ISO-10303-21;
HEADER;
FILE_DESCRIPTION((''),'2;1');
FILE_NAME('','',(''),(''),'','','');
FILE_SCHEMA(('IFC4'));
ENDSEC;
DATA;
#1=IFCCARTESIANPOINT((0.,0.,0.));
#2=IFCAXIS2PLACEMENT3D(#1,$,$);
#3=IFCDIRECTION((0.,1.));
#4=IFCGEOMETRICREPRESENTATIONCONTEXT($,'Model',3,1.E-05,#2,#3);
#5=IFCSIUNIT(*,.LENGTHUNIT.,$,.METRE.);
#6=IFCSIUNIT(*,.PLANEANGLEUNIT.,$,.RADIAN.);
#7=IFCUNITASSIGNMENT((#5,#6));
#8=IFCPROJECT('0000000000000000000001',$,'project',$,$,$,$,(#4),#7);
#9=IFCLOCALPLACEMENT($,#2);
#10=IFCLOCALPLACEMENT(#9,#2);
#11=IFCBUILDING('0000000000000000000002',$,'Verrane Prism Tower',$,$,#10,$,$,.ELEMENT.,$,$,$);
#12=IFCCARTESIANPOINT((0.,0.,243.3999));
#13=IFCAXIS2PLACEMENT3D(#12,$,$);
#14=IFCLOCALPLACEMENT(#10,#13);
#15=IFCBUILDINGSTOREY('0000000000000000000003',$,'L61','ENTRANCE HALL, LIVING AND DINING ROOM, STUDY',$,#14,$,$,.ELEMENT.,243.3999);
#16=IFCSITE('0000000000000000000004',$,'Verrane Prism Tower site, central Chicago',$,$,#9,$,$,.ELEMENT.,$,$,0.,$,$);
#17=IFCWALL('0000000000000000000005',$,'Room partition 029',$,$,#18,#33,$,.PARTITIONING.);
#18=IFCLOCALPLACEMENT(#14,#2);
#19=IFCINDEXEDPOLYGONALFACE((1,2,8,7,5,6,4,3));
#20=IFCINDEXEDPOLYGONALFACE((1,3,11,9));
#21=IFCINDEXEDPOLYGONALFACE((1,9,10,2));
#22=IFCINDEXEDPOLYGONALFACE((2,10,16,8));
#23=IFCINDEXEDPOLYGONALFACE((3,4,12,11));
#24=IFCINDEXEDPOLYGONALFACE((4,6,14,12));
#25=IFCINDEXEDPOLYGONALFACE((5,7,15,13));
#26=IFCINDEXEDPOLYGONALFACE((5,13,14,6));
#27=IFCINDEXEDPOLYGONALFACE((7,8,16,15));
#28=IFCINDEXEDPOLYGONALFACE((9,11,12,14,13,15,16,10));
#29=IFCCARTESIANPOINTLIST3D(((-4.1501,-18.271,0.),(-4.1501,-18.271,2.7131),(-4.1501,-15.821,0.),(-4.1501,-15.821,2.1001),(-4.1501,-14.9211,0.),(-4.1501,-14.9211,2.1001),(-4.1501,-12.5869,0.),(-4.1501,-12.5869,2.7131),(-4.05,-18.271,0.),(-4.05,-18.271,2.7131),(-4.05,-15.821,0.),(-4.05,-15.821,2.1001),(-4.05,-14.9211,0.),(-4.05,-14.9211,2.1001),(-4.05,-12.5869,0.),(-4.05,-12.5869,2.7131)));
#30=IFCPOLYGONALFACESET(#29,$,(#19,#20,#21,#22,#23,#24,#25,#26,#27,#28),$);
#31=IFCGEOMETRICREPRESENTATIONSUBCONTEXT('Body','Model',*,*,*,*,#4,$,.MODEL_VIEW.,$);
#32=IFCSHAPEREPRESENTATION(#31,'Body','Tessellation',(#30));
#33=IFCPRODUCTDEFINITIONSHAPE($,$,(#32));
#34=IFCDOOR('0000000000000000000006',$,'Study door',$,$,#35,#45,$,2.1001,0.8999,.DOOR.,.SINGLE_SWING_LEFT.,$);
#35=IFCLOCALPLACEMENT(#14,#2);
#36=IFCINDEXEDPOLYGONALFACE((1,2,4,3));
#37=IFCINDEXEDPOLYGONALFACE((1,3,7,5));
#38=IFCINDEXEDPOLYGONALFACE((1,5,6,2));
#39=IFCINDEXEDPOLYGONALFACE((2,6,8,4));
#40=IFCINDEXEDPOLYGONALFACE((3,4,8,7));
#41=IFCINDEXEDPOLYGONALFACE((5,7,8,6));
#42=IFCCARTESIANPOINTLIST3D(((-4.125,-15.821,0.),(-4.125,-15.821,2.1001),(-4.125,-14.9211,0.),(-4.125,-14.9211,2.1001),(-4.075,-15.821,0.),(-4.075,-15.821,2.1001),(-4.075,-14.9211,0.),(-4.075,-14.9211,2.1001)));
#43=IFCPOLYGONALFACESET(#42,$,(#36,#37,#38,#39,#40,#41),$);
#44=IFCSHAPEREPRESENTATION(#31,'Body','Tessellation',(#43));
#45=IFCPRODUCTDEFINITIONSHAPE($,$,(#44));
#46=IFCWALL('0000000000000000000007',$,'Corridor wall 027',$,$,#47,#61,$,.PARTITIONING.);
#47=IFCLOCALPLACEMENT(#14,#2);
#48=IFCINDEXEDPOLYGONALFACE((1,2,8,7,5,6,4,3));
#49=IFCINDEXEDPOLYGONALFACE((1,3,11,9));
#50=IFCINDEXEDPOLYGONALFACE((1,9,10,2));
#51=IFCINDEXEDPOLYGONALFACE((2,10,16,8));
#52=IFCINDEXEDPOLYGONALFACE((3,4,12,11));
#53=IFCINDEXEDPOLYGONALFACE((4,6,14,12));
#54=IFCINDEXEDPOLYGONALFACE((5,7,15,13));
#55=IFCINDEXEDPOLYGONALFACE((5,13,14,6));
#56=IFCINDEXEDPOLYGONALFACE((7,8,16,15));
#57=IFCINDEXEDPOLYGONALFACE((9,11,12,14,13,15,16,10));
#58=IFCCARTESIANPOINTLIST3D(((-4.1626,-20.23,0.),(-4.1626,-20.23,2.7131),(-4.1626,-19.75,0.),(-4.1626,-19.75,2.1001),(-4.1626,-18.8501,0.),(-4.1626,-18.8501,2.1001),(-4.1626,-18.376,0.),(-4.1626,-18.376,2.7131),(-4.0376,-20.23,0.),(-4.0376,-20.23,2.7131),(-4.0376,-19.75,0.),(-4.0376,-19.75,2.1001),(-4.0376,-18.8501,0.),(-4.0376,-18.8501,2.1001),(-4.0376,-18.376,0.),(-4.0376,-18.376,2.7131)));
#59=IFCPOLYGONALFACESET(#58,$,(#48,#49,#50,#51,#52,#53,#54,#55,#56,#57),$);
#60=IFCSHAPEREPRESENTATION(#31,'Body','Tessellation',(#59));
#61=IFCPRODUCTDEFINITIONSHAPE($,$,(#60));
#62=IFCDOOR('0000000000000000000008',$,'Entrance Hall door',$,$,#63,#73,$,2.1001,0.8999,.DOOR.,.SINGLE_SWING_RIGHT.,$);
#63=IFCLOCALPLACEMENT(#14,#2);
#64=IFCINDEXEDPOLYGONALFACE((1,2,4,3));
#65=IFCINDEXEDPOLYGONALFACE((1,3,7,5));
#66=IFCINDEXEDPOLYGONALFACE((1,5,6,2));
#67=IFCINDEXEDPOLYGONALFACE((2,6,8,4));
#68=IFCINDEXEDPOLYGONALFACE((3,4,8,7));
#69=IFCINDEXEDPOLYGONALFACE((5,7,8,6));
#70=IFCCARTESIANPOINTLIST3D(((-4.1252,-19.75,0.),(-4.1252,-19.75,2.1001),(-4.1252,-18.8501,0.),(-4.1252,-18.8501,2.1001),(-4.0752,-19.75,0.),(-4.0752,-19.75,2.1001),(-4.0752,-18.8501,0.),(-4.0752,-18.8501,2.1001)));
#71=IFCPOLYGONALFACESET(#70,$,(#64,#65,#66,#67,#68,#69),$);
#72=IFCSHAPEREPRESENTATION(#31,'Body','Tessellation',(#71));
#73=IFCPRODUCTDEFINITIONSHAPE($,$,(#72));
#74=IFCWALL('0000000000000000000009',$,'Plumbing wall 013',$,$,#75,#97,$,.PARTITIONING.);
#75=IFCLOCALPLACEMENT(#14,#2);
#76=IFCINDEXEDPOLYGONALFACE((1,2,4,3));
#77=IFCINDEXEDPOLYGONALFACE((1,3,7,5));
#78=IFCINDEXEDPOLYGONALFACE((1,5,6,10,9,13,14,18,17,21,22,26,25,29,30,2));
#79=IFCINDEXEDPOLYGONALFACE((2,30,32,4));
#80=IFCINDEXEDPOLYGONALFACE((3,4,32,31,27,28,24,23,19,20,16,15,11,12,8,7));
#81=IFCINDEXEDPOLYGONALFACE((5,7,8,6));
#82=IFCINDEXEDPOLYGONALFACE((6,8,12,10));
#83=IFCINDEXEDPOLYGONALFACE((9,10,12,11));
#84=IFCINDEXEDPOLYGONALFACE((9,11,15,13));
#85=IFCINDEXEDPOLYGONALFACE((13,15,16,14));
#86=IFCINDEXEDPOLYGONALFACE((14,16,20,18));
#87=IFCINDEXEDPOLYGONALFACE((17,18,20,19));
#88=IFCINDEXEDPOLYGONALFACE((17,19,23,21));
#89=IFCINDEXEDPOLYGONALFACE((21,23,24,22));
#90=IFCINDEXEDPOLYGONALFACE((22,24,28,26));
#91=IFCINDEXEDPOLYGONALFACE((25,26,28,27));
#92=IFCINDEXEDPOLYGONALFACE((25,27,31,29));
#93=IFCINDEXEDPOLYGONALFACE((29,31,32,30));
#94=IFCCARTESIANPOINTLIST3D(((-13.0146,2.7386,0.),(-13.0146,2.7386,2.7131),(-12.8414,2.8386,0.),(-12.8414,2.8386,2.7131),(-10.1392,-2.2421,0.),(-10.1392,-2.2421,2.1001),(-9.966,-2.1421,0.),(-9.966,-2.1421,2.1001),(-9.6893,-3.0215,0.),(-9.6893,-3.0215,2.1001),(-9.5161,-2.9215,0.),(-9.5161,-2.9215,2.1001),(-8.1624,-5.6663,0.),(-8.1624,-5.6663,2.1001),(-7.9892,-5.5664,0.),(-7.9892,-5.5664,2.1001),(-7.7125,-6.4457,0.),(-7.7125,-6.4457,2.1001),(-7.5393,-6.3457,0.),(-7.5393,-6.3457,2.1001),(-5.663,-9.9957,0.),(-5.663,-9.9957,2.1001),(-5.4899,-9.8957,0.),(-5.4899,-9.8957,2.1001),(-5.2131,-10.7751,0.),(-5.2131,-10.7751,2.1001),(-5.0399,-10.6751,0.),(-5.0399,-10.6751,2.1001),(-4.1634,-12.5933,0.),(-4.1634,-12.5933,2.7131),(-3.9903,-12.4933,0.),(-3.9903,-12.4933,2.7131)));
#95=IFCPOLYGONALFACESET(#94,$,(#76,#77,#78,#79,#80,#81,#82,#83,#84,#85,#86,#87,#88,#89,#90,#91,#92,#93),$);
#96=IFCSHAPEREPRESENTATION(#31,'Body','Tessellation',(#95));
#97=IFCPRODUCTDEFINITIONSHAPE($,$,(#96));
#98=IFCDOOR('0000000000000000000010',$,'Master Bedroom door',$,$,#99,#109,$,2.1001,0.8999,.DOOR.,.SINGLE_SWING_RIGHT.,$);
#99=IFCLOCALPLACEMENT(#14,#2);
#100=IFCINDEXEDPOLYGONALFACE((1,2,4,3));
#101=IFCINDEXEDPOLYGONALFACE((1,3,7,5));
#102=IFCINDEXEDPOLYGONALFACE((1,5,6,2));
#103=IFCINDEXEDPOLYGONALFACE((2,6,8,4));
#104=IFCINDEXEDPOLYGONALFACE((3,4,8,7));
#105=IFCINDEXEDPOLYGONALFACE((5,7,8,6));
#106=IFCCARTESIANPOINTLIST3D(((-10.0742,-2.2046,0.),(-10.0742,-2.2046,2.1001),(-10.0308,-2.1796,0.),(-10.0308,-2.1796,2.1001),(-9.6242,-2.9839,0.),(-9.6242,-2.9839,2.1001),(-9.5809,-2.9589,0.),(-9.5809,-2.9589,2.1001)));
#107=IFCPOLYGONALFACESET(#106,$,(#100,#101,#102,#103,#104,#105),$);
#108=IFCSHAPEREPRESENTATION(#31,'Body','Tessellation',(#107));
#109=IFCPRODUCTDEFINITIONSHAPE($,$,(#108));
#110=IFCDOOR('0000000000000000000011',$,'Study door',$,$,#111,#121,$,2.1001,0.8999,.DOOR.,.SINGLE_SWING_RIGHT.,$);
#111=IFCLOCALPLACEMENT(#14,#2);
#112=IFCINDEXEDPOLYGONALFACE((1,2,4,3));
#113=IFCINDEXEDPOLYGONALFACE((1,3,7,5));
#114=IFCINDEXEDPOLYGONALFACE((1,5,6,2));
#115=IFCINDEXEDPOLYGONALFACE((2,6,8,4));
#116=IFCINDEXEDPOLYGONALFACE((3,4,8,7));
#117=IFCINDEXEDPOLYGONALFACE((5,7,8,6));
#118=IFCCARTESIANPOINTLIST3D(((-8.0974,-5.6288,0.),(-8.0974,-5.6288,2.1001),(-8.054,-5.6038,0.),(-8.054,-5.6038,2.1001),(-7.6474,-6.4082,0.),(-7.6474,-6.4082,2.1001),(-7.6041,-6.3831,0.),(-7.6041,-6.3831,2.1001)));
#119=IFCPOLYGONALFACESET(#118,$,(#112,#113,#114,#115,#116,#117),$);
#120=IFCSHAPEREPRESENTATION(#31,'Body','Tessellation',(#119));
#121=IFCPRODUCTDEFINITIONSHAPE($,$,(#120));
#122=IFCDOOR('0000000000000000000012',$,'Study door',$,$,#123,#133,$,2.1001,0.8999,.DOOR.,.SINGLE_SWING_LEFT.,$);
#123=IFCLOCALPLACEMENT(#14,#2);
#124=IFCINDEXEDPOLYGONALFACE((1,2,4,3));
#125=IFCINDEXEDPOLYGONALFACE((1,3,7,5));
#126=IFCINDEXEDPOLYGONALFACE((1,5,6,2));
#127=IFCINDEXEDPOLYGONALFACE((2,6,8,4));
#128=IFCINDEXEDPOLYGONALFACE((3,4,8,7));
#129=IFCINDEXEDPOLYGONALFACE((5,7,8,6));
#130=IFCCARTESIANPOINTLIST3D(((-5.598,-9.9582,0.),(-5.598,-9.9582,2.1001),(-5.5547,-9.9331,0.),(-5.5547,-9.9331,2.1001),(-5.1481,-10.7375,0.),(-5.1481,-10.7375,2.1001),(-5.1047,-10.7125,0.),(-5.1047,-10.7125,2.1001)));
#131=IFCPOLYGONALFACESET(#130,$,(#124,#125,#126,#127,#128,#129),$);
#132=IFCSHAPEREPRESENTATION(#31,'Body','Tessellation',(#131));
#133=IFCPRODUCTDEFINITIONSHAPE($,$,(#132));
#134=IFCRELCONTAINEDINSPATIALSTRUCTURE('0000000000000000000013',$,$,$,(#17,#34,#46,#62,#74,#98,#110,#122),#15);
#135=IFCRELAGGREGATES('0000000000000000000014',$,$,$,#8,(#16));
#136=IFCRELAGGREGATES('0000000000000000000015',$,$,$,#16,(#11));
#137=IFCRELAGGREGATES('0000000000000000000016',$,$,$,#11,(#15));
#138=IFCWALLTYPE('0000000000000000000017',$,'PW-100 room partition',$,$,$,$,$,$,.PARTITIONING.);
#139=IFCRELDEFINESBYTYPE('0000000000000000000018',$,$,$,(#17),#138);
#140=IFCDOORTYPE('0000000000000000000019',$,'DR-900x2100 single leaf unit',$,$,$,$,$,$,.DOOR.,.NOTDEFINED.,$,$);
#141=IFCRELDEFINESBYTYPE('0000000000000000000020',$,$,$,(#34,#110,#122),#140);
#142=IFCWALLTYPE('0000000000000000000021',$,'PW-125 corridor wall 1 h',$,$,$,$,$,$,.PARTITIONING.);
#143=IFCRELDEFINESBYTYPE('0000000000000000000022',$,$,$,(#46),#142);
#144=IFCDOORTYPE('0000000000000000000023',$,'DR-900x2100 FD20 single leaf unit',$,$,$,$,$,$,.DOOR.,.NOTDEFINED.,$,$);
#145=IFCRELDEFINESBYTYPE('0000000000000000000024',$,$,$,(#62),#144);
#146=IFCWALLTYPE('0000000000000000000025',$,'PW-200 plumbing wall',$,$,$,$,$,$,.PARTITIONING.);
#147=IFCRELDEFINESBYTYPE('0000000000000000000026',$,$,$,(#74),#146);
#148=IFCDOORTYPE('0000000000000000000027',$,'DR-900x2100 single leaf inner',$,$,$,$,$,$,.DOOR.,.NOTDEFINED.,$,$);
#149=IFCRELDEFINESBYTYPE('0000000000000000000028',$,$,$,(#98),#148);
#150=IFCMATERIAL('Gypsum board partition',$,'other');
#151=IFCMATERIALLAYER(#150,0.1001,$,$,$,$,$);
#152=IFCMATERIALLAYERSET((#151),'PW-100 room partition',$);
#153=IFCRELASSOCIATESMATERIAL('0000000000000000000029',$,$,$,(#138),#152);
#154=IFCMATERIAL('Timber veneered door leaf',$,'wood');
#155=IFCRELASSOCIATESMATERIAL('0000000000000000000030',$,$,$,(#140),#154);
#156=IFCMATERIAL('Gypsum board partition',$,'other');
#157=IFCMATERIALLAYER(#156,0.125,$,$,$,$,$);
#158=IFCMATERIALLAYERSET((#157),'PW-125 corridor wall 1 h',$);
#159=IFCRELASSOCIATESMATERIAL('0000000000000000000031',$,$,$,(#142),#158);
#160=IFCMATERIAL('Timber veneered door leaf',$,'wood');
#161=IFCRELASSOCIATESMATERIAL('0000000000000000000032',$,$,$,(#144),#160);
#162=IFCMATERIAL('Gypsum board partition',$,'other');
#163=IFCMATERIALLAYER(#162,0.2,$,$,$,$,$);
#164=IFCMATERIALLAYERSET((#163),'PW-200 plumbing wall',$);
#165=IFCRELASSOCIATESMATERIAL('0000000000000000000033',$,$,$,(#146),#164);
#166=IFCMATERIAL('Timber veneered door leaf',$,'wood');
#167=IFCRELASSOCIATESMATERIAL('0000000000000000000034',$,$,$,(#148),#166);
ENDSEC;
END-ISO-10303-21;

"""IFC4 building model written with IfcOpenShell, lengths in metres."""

from ifc_helpers import new_model, si_unit, direction, frame, frame_2d, origin, place, context, subcontext, project, spatial, rectangle, extrude, material, layer, layer_set, type_object, element, fill, save


model = new_model("IFC4")

# Units and contexts
model_context = context("Model", 3, precision=1e-05, world=origin(), true_north=direction((0.0, 1.0)))
body_context = subcontext(model_context, "Body", "Model", "MODEL_VIEW")
ifc_project = project(units=[si_unit("LENGTHUNIT", "METRE"), si_unit("PLANEANGLEUNIT", "RADIAN")], contexts=[model_context])

# Site, building, storey
site_placement = place(None, origin())
site = spatial("IfcSite", under=ifc_project, at=site_placement, Name="Verrane Prism Tower site, central Chicago", CompositionType="ELEMENT", RefElevation=0.0)
building_placement = place(site_placement, origin())
building = spatial("IfcBuilding", under=site, at=building_placement, Name="Verrane Prism Tower", CompositionType="ELEMENT")
storey_placement = place(building_placement, frame((0.0, 0.0, 243.3999)))
storey = spatial("IfcBuildingStorey", under=building, at=storey_placement, Name="L61", Description="ENTRANCE HALL, LIVING AND DINING ROOM, STUDY", CompositionType="ELEMENT", Elevation=243.3999)

# Shared definitions
ifc_material_1 = material(Name="Gypsum board partition", Category="other")
ifc_layer_1 = layer(ifc_material_1, 0.1001)
ifc_layer_set_1 = layer_set([ifc_layer_1], Name="PW-100 room partition")
wall_type_1 = type_object("IfcWallType", Name="PW-100 room partition", PredefinedType="PARTITIONING", material=ifc_layer_set_1)

# Walls, openings, doors
wall_1_placement = place(storey_placement, frame((-4.1001, -18.271, 0.0), z_axis=(0.0, 0.0, 1.0), x_axis=(0.0, 1.0, 0.0)))
wall_1 = element("IfcWall", 1, at=wall_1_placement, inside=storey, type_object=wall_type_1, Name="Room partition 029", PredefinedType="PARTITIONING", context=body_context, shape_type="SweptSolid", body=[
    extrude(rectangle(XDim=5.6841, YDim=0.1001, at=frame_2d((2.842, 0.0))), origin(), (0.0, 0.0, 1.0), 2.7131),
])
opening_1_placement = place(wall_1_placement, frame((2.45, 0.0, 0.0)))
opening_1 = element("IfcOpeningElement", 2, at=opening_1_placement, cuts=wall_1, PredefinedType="OPENING", context=body_context, shape_type="SweptSolid", body=[
    extrude(rectangle(XDim=0.8999, YDim=2.1001, at=frame_2d((0.45, 1.05))), frame((0.0, 0.0601, 0.0), z_axis=(0.0, -1.0, 0.0), x_axis=(1.0, 0.0, 0.0)), (0.0, 0.0, 1.0), 0.1201),
])
ifc_material_2 = material(Name="Timber veneered door leaf", Category="wood")
door_type_1 = type_object("IfcDoorType", Name="DR-900x2100 single leaf unit", OperationType="NOTDEFINED", PredefinedType="DOOR", material=ifc_material_2)
door_1_placement = place(opening_1_placement, origin())
door_1 = element("IfcDoor", 3, at=door_1_placement, inside=storey, type_object=door_type_1, Name="Study door", OperationType="SINGLE_SWING_LEFT", OverallHeight=2.1001, OverallWidth=0.8999, PredefinedType="DOOR", context=body_context, shape_type="SweptSolid", body=[
    extrude(rectangle(XDim=0.8999, YDim=2.1001, at=frame_2d((0.45, 1.05))), frame((0.0, 0.0249, 0.0), z_axis=(0.0, -1.0, 0.0), x_axis=(1.0, 0.0, 0.0)), (0.0, 0.0, 1.0), 0.05),
])
fill(opening_1, door_1)
ifc_material_3 = material(Name="Gypsum board partition", Category="other")
ifc_layer_2 = layer(ifc_material_3, 0.125)
ifc_layer_set_2 = layer_set([ifc_layer_2], Name="PW-125 corridor wall 1 h")
wall_type_2 = type_object("IfcWallType", Name="PW-125 corridor wall 1 h", PredefinedType="PARTITIONING", material=ifc_layer_set_2)
wall_2_placement = place(storey_placement, frame((-4.1001, -18.376, 0.0), z_axis=(0.0, 0.0, 1.0), x_axis=(0.0, -1.0, 0.0)))
wall_2 = element("IfcWall", 4, at=wall_2_placement, inside=storey, type_object=wall_type_2, Name="Corridor wall 027", PredefinedType="PARTITIONING", context=body_context, shape_type="SweptSolid", body=[
    extrude(rectangle(XDim=1.854, YDim=0.125, at=frame_2d((0.927, 0.0))), origin(), (0.0, 0.0, 1.0), 2.7131),
])
opening_2_placement = place(wall_2_placement, frame((0.4741, 0.0, 0.0)))
opening_2 = element("IfcOpeningElement", 5, at=opening_2_placement, cuts=wall_2, PredefinedType="OPENING", context=body_context, shape_type="SweptSolid", body=[
    extrude(rectangle(XDim=0.8999, YDim=2.1001, at=frame_2d((0.45, 1.05))), frame((0.0, 0.0725, 0.0), z_axis=(0.0, -1.0, 0.0), x_axis=(1.0, 0.0, 0.0)), (0.0, 0.0, 1.0), 0.145),
])
ifc_material_4 = material(Name="Timber veneered door leaf", Category="wood")
door_type_2 = type_object("IfcDoorType", Name="DR-900x2100 FD20 single leaf unit", OperationType="NOTDEFINED", PredefinedType="DOOR", material=ifc_material_4)
door_2_placement = place(opening_2_placement, origin())
door_2 = element("IfcDoor", 6, at=door_2_placement, inside=storey, type_object=door_type_2, Name="Entrance Hall door", OperationType="SINGLE_SWING_RIGHT", OverallHeight=2.1001, OverallWidth=0.8999, PredefinedType="DOOR", context=body_context, shape_type="SweptSolid", body=[
    extrude(rectangle(XDim=0.8999, YDim=2.1001, at=frame_2d((0.45, 1.05))), frame((0.0, 0.0249, 0.0), z_axis=(0.0, -1.0, 0.0), x_axis=(1.0, 0.0, 0.0)), (0.0, 0.0, 1.0), 0.05),
])
fill(opening_2, door_2)

# Wall, openings, doors
ifc_material_5 = material(Name="Gypsum board partition", Category="other")
ifc_layer_3 = layer(ifc_material_5, 0.2)
ifc_layer_set_3 = layer_set([ifc_layer_3], Name="PW-200 plumbing wall")
wall_type_3 = type_object("IfcWallType", Name="PW-200 plumbing wall", PredefinedType="PARTITIONING", material=ifc_layer_set_3)
wall_3_placement = place(storey_placement, frame((-4.0769, -12.5432, 0.0), z_axis=(0.0, 0.0, 1.0), x_axis=(-0.499969, 0.866043, 0.0)))
wall_3 = element("IfcWall", 7, at=wall_3_placement, inside=storey, type_object=wall_type_3, Name="Plumbing wall 013", PredefinedType="PARTITIONING", context=body_context, shape_type="SweptSolid", body=[
    extrude(rectangle(XDim=17.7034, YDim=0.2, at=frame_2d((8.8516, 0.0))), origin(), (0.0, 0.0, 1.0), 2.7131),
])
opening_3_placement = place(wall_3_placement, frame((11.0522, 0.0, 0.0)))
opening_3 = element("IfcOpeningElement", 8, at=opening_3_placement, cuts=wall_3, PredefinedType="OPENING", context=body_context, shape_type="SweptSolid", body=[
    extrude(rectangle(XDim=0.8999, YDim=2.1001, at=frame_2d((0.45, 1.05))), frame((0.0, 0.1099, 0.0), z_axis=(0.0, -1.0, 0.0), x_axis=(1.0, 0.0, 0.0)), (0.0, 0.0, 1.0), 0.22),
])
opening_4_placement = place(wall_3_placement, frame((7.0984, 0.0, 0.0)))
opening_4 = element("IfcOpeningElement", 9, at=opening_4_placement, cuts=wall_3, PredefinedType="OPENING", context=body_context, shape_type="SweptSolid", body=[
    extrude(rectangle(XDim=0.8999, YDim=2.1001, at=frame_2d((0.45, 1.05))), frame((0.0, 0.1099, 0.0), z_axis=(0.0, -1.0, 0.0), x_axis=(1.0, 0.0, 0.0)), (0.0, 0.0, 1.0), 0.22),
])
opening_5_placement = place(wall_3_placement, frame((2.0994, 0.0, 0.0)))
opening_5 = element("IfcOpeningElement", 10, at=opening_5_placement, cuts=wall_3, PredefinedType="OPENING", context=body_context, shape_type="SweptSolid", body=[
    extrude(rectangle(XDim=0.8999, YDim=2.1001, at=frame_2d((0.45, 1.05))), frame((0.0, 0.1099, 0.0), z_axis=(0.0, -1.0, 0.0), x_axis=(1.0, 0.0, 0.0)), (0.0, 0.0, 1.0), 0.22),
])
ifc_material_6 = material(Name="Timber veneered door leaf", Category="wood")
door_type_3 = type_object("IfcDoorType", Name="DR-900x2100 single leaf inner", OperationType="NOTDEFINED", PredefinedType="DOOR", material=ifc_material_6)
door_3_placement = place(opening_3_placement, origin())
door_3 = element("IfcDoor", 11, at=door_3_placement, inside=storey, type_object=door_type_3, Name="Master Bedroom door", OperationType="SINGLE_SWING_RIGHT", OverallHeight=2.1001, OverallWidth=0.8999, PredefinedType="DOOR", context=body_context, shape_type="SweptSolid", body=[
    extrude(rectangle(XDim=0.8999, YDim=2.1001, at=frame_2d((0.45, 1.05))), frame((0.0, 0.0249, 0.0), z_axis=(0.0, -1.0, 0.0), x_axis=(1.0, 0.0, 0.0)), (0.0, 0.0, 1.0), 0.05),
])
fill(opening_3, door_3)
door_4_placement = place(opening_4_placement, origin())
door_4 = element("IfcDoor", 12, at=door_4_placement, inside=storey, type_object=door_type_1, Name="Study door", OperationType="SINGLE_SWING_RIGHT", OverallHeight=2.1001, OverallWidth=0.8999, PredefinedType="DOOR", context=body_context, shape_type="SweptSolid", body=[
    extrude(rectangle(XDim=0.8999, YDim=2.1001, at=frame_2d((0.45, 1.05))), frame((0.0, 0.0249, 0.0), z_axis=(0.0, -1.0, 0.0), x_axis=(1.0, 0.0, 0.0)), (0.0, 0.0, 1.0), 0.05),
])
fill(opening_4, door_4)
door_5_placement = place(opening_5_placement, origin())
door_5 = element("IfcDoor", 13, at=door_5_placement, inside=storey, type_object=door_type_1, Name="Study door", OperationType="SINGLE_SWING_LEFT", OverallHeight=2.1001, OverallWidth=0.8999, PredefinedType="DOOR", context=body_context, shape_type="SweptSolid", body=[
    extrude(rectangle(XDim=0.8999, YDim=2.1001, at=frame_2d((0.45, 1.05))), frame((0.0, 0.0249, 0.0), z_axis=(0.0, -1.0, 0.0), x_axis=(1.0, 0.0, 0.0)), (0.0, 0.0, 1.0), 0.05),
])
fill(opening_5, door_5)

save(model, "model.ifc")
